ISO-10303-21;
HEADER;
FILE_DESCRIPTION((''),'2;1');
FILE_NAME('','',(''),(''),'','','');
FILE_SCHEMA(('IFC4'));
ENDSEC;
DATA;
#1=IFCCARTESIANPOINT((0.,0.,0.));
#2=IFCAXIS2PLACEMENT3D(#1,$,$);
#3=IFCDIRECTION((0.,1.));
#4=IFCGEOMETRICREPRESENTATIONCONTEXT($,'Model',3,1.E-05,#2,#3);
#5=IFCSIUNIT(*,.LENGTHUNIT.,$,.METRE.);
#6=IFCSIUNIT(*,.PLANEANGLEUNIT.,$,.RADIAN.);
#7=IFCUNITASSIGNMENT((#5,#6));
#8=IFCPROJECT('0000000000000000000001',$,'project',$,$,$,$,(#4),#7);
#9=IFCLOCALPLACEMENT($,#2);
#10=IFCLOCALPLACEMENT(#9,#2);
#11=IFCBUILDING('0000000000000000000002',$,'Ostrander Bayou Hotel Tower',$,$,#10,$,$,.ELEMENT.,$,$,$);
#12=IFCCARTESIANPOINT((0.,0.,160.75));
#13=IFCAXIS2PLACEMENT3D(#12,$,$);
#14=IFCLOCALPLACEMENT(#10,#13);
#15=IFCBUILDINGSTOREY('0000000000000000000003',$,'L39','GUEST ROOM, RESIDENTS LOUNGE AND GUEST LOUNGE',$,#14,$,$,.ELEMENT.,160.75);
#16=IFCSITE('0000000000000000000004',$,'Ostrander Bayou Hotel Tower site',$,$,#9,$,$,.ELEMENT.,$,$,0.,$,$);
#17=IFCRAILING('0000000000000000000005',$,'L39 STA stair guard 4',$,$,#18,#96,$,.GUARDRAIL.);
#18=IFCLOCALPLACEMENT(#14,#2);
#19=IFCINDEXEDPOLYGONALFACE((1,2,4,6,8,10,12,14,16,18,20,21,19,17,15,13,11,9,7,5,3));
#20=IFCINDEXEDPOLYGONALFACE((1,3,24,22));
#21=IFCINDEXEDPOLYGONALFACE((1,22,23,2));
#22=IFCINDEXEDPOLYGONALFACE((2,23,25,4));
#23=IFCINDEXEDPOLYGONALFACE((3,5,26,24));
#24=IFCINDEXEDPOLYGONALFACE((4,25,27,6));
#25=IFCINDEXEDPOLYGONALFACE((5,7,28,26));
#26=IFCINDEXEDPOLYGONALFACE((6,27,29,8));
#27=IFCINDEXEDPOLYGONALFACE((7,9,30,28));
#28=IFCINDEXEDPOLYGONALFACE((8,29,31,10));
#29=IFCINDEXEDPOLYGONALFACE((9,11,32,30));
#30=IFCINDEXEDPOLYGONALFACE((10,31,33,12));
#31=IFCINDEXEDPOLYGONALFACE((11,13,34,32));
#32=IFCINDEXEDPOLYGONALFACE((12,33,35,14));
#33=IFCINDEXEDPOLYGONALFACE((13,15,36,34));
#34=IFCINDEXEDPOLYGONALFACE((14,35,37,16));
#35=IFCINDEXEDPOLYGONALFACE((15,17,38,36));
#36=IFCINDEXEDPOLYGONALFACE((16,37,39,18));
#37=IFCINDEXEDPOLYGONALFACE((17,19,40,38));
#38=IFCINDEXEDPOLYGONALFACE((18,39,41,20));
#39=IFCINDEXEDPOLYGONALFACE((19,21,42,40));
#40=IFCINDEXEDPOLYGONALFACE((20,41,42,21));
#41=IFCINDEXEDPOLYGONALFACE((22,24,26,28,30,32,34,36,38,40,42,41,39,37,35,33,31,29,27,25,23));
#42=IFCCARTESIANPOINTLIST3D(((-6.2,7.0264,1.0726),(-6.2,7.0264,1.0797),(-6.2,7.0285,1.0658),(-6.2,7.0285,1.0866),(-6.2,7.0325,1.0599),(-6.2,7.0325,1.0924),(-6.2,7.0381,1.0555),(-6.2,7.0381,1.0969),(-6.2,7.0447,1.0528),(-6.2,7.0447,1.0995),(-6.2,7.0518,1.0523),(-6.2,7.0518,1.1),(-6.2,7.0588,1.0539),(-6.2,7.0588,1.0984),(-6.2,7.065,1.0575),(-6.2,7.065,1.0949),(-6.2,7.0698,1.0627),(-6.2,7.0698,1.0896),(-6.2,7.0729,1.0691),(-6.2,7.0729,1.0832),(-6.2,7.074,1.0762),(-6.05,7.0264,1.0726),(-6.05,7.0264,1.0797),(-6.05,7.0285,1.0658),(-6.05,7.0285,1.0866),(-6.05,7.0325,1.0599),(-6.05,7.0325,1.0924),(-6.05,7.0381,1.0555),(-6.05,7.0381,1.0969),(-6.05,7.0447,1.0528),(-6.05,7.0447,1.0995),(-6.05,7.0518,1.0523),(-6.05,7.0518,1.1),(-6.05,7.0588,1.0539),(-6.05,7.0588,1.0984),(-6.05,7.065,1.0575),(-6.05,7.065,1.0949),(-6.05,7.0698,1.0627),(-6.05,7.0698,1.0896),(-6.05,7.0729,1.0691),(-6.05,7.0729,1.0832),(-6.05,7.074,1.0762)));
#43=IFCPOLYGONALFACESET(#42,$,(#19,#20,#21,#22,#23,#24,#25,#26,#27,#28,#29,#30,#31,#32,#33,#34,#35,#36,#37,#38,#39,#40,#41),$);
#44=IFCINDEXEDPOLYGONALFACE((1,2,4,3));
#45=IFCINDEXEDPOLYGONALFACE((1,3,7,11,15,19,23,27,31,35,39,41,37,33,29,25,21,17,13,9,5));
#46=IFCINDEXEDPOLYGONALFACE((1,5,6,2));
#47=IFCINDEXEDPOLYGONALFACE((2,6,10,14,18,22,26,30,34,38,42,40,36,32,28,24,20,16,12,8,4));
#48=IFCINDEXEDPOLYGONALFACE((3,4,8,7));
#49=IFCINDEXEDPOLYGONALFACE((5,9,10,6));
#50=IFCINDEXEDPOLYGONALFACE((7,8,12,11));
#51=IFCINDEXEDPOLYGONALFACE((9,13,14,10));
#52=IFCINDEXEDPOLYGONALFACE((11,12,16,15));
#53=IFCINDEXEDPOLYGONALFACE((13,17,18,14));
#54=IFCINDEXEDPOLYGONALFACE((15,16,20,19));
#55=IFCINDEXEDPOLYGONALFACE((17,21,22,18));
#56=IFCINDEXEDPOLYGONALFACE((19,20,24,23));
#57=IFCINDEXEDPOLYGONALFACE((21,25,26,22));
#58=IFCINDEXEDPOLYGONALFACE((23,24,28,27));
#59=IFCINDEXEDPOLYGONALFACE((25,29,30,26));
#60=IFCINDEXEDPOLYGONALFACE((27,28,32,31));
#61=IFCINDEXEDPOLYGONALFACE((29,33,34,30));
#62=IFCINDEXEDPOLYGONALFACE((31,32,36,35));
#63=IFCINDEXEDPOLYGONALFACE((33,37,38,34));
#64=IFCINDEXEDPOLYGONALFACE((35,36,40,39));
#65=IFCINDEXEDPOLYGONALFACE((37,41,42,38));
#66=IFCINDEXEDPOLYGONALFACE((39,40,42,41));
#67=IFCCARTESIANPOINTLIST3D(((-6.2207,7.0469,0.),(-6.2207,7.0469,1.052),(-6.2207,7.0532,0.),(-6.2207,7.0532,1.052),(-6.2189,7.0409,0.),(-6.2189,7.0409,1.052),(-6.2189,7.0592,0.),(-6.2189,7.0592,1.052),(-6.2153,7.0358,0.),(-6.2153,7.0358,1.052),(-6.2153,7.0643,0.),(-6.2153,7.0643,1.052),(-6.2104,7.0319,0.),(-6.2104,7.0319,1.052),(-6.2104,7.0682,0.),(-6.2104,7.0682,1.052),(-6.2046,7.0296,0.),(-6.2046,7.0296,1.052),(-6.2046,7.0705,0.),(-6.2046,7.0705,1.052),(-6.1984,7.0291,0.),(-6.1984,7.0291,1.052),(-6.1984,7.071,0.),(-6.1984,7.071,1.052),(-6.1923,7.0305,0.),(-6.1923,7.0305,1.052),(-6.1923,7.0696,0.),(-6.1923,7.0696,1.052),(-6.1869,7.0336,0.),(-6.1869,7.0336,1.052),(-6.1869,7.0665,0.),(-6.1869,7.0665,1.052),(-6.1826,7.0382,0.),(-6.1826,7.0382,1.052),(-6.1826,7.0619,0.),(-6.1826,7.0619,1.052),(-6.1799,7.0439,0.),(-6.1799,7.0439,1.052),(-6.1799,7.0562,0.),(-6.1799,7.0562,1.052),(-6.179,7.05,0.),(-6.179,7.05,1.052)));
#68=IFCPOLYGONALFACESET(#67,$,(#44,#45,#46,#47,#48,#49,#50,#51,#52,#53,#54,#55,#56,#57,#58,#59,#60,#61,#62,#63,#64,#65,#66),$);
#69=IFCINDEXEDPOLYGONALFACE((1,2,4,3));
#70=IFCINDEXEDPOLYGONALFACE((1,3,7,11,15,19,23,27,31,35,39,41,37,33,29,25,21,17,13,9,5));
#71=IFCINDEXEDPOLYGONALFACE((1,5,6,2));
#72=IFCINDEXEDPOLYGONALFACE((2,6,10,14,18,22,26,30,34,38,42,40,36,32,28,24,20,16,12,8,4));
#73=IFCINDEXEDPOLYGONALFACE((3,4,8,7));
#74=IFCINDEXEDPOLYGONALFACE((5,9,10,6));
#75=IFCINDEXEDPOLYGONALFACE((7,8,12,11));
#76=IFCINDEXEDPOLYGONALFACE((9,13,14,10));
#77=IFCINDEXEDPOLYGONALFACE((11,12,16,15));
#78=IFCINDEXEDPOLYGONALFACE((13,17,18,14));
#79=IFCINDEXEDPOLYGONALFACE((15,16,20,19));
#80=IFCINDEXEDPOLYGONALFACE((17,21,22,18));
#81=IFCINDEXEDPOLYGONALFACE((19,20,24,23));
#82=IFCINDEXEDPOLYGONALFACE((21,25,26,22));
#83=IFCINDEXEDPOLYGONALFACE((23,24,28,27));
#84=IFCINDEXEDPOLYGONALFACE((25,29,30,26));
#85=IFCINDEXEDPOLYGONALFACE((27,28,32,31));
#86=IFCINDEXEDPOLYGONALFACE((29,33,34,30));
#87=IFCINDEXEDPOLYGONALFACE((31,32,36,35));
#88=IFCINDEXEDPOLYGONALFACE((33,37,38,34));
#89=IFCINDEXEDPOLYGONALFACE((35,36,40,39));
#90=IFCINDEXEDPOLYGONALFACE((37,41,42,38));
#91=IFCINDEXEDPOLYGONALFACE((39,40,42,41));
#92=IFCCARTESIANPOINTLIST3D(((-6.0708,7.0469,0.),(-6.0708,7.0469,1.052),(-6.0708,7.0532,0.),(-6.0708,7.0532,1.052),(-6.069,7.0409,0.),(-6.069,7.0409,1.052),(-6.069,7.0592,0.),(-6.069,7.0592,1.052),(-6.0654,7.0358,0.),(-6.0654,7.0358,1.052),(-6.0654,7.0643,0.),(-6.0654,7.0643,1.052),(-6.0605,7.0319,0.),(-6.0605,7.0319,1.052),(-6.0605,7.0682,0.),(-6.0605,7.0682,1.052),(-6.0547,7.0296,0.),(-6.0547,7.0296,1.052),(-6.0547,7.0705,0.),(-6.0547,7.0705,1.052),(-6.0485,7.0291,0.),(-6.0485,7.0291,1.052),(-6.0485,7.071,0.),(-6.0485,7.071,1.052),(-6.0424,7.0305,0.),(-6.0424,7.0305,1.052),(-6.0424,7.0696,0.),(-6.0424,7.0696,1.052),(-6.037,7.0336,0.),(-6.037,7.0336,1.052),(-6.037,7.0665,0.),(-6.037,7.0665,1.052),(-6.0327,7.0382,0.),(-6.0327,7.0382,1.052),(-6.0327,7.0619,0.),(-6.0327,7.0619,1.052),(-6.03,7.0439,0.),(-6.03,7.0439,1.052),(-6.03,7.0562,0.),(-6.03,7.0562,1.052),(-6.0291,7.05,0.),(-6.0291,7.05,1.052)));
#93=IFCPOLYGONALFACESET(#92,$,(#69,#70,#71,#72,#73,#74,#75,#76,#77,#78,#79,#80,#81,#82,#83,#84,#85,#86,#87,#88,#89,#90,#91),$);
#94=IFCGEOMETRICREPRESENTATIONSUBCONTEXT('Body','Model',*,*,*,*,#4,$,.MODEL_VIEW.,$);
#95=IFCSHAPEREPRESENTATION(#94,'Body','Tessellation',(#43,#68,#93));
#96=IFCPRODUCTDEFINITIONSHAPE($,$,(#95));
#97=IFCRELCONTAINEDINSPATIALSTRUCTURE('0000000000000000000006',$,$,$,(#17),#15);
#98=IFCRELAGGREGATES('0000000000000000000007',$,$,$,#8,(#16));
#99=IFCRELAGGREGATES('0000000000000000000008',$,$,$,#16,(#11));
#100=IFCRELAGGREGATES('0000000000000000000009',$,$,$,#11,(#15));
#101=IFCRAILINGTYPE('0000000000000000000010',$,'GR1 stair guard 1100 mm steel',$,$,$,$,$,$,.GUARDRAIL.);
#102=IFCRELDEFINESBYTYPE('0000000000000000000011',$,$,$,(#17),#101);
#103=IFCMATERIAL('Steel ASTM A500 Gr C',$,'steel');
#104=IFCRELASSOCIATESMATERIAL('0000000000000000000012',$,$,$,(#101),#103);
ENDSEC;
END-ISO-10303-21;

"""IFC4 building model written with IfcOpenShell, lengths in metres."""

from ifc_helpers import new_model, si_unit, direction, frame, origin, origin_2d, place, context, subcontext, project, spatial, circle, extrude, material, type_object, element, save


model = new_model("IFC4")

# Units and contexts
model_context = context("Model", 3, precision=1e-05, world=origin(), true_north=direction((0.0, 1.0)))
body_context = subcontext(model_context, "Body", "Model", "MODEL_VIEW")
ifc_project = project(units=[si_unit("LENGTHUNIT", "METRE"), si_unit("PLANEANGLEUNIT", "RADIAN")], contexts=[model_context])

# Site, building, storey
site_placement = place(None, origin())
site = spatial("IfcSite", under=ifc_project, at=site_placement, Name="Ostrander Bayou Hotel Tower site", CompositionType="ELEMENT", RefElevation=0.0)
building_placement = place(site_placement, origin())
building = spatial("IfcBuilding", under=site, at=building_placement, Name="Ostrander Bayou Hotel Tower", CompositionType="ELEMENT")
storey_placement = place(building_placement, frame((0.0, 0.0, 160.75)))
storey = spatial("IfcBuildingStorey", under=building, at=storey_placement, Name="L39", Description="GUEST ROOM, RESIDENTS LOUNGE AND GUEST LOUNGE", CompositionType="ELEMENT", Elevation=160.75)

# Railing
ifc_material_1 = material(Name="Steel ASTM A500 Gr C", Category="steel")
railing_type_1 = type_object("IfcRailingType", Name="GR1 stair guard 1100 mm steel", PredefinedType="GUARDRAIL", material=ifc_material_1)
railing_1_placement = place(storey_placement, frame((-6.2, 7.05, 0.0)))
element("IfcRailing", 1, at=railing_1_placement, inside=storey, type_object=railing_type_1, Name="L39 STA stair guard 4", PredefinedType="GUARDRAIL", context=body_context, shape_type="SweptSolid", body=[
    extrude(circle(Radius=0.0239, at=origin_2d()), frame((0.0, 0.0, 1.0762), z_axis=(1.0, 0.0, 0.0), x_axis=(0.0, 1.0, 0.0)), (0.0, 0.0, 1.0), 0.1499),
    extrude(circle(Radius=0.021, at=origin_2d()), origin(), (0.0, 0.0, 1.0), 1.052),
    extrude(circle(Radius=0.021, at=origin_2d()), frame((0.1499, 0.0, 0.0)), (0.0, 0.0, 1.0), 1.052),
])

save(model, "model.ifc")
